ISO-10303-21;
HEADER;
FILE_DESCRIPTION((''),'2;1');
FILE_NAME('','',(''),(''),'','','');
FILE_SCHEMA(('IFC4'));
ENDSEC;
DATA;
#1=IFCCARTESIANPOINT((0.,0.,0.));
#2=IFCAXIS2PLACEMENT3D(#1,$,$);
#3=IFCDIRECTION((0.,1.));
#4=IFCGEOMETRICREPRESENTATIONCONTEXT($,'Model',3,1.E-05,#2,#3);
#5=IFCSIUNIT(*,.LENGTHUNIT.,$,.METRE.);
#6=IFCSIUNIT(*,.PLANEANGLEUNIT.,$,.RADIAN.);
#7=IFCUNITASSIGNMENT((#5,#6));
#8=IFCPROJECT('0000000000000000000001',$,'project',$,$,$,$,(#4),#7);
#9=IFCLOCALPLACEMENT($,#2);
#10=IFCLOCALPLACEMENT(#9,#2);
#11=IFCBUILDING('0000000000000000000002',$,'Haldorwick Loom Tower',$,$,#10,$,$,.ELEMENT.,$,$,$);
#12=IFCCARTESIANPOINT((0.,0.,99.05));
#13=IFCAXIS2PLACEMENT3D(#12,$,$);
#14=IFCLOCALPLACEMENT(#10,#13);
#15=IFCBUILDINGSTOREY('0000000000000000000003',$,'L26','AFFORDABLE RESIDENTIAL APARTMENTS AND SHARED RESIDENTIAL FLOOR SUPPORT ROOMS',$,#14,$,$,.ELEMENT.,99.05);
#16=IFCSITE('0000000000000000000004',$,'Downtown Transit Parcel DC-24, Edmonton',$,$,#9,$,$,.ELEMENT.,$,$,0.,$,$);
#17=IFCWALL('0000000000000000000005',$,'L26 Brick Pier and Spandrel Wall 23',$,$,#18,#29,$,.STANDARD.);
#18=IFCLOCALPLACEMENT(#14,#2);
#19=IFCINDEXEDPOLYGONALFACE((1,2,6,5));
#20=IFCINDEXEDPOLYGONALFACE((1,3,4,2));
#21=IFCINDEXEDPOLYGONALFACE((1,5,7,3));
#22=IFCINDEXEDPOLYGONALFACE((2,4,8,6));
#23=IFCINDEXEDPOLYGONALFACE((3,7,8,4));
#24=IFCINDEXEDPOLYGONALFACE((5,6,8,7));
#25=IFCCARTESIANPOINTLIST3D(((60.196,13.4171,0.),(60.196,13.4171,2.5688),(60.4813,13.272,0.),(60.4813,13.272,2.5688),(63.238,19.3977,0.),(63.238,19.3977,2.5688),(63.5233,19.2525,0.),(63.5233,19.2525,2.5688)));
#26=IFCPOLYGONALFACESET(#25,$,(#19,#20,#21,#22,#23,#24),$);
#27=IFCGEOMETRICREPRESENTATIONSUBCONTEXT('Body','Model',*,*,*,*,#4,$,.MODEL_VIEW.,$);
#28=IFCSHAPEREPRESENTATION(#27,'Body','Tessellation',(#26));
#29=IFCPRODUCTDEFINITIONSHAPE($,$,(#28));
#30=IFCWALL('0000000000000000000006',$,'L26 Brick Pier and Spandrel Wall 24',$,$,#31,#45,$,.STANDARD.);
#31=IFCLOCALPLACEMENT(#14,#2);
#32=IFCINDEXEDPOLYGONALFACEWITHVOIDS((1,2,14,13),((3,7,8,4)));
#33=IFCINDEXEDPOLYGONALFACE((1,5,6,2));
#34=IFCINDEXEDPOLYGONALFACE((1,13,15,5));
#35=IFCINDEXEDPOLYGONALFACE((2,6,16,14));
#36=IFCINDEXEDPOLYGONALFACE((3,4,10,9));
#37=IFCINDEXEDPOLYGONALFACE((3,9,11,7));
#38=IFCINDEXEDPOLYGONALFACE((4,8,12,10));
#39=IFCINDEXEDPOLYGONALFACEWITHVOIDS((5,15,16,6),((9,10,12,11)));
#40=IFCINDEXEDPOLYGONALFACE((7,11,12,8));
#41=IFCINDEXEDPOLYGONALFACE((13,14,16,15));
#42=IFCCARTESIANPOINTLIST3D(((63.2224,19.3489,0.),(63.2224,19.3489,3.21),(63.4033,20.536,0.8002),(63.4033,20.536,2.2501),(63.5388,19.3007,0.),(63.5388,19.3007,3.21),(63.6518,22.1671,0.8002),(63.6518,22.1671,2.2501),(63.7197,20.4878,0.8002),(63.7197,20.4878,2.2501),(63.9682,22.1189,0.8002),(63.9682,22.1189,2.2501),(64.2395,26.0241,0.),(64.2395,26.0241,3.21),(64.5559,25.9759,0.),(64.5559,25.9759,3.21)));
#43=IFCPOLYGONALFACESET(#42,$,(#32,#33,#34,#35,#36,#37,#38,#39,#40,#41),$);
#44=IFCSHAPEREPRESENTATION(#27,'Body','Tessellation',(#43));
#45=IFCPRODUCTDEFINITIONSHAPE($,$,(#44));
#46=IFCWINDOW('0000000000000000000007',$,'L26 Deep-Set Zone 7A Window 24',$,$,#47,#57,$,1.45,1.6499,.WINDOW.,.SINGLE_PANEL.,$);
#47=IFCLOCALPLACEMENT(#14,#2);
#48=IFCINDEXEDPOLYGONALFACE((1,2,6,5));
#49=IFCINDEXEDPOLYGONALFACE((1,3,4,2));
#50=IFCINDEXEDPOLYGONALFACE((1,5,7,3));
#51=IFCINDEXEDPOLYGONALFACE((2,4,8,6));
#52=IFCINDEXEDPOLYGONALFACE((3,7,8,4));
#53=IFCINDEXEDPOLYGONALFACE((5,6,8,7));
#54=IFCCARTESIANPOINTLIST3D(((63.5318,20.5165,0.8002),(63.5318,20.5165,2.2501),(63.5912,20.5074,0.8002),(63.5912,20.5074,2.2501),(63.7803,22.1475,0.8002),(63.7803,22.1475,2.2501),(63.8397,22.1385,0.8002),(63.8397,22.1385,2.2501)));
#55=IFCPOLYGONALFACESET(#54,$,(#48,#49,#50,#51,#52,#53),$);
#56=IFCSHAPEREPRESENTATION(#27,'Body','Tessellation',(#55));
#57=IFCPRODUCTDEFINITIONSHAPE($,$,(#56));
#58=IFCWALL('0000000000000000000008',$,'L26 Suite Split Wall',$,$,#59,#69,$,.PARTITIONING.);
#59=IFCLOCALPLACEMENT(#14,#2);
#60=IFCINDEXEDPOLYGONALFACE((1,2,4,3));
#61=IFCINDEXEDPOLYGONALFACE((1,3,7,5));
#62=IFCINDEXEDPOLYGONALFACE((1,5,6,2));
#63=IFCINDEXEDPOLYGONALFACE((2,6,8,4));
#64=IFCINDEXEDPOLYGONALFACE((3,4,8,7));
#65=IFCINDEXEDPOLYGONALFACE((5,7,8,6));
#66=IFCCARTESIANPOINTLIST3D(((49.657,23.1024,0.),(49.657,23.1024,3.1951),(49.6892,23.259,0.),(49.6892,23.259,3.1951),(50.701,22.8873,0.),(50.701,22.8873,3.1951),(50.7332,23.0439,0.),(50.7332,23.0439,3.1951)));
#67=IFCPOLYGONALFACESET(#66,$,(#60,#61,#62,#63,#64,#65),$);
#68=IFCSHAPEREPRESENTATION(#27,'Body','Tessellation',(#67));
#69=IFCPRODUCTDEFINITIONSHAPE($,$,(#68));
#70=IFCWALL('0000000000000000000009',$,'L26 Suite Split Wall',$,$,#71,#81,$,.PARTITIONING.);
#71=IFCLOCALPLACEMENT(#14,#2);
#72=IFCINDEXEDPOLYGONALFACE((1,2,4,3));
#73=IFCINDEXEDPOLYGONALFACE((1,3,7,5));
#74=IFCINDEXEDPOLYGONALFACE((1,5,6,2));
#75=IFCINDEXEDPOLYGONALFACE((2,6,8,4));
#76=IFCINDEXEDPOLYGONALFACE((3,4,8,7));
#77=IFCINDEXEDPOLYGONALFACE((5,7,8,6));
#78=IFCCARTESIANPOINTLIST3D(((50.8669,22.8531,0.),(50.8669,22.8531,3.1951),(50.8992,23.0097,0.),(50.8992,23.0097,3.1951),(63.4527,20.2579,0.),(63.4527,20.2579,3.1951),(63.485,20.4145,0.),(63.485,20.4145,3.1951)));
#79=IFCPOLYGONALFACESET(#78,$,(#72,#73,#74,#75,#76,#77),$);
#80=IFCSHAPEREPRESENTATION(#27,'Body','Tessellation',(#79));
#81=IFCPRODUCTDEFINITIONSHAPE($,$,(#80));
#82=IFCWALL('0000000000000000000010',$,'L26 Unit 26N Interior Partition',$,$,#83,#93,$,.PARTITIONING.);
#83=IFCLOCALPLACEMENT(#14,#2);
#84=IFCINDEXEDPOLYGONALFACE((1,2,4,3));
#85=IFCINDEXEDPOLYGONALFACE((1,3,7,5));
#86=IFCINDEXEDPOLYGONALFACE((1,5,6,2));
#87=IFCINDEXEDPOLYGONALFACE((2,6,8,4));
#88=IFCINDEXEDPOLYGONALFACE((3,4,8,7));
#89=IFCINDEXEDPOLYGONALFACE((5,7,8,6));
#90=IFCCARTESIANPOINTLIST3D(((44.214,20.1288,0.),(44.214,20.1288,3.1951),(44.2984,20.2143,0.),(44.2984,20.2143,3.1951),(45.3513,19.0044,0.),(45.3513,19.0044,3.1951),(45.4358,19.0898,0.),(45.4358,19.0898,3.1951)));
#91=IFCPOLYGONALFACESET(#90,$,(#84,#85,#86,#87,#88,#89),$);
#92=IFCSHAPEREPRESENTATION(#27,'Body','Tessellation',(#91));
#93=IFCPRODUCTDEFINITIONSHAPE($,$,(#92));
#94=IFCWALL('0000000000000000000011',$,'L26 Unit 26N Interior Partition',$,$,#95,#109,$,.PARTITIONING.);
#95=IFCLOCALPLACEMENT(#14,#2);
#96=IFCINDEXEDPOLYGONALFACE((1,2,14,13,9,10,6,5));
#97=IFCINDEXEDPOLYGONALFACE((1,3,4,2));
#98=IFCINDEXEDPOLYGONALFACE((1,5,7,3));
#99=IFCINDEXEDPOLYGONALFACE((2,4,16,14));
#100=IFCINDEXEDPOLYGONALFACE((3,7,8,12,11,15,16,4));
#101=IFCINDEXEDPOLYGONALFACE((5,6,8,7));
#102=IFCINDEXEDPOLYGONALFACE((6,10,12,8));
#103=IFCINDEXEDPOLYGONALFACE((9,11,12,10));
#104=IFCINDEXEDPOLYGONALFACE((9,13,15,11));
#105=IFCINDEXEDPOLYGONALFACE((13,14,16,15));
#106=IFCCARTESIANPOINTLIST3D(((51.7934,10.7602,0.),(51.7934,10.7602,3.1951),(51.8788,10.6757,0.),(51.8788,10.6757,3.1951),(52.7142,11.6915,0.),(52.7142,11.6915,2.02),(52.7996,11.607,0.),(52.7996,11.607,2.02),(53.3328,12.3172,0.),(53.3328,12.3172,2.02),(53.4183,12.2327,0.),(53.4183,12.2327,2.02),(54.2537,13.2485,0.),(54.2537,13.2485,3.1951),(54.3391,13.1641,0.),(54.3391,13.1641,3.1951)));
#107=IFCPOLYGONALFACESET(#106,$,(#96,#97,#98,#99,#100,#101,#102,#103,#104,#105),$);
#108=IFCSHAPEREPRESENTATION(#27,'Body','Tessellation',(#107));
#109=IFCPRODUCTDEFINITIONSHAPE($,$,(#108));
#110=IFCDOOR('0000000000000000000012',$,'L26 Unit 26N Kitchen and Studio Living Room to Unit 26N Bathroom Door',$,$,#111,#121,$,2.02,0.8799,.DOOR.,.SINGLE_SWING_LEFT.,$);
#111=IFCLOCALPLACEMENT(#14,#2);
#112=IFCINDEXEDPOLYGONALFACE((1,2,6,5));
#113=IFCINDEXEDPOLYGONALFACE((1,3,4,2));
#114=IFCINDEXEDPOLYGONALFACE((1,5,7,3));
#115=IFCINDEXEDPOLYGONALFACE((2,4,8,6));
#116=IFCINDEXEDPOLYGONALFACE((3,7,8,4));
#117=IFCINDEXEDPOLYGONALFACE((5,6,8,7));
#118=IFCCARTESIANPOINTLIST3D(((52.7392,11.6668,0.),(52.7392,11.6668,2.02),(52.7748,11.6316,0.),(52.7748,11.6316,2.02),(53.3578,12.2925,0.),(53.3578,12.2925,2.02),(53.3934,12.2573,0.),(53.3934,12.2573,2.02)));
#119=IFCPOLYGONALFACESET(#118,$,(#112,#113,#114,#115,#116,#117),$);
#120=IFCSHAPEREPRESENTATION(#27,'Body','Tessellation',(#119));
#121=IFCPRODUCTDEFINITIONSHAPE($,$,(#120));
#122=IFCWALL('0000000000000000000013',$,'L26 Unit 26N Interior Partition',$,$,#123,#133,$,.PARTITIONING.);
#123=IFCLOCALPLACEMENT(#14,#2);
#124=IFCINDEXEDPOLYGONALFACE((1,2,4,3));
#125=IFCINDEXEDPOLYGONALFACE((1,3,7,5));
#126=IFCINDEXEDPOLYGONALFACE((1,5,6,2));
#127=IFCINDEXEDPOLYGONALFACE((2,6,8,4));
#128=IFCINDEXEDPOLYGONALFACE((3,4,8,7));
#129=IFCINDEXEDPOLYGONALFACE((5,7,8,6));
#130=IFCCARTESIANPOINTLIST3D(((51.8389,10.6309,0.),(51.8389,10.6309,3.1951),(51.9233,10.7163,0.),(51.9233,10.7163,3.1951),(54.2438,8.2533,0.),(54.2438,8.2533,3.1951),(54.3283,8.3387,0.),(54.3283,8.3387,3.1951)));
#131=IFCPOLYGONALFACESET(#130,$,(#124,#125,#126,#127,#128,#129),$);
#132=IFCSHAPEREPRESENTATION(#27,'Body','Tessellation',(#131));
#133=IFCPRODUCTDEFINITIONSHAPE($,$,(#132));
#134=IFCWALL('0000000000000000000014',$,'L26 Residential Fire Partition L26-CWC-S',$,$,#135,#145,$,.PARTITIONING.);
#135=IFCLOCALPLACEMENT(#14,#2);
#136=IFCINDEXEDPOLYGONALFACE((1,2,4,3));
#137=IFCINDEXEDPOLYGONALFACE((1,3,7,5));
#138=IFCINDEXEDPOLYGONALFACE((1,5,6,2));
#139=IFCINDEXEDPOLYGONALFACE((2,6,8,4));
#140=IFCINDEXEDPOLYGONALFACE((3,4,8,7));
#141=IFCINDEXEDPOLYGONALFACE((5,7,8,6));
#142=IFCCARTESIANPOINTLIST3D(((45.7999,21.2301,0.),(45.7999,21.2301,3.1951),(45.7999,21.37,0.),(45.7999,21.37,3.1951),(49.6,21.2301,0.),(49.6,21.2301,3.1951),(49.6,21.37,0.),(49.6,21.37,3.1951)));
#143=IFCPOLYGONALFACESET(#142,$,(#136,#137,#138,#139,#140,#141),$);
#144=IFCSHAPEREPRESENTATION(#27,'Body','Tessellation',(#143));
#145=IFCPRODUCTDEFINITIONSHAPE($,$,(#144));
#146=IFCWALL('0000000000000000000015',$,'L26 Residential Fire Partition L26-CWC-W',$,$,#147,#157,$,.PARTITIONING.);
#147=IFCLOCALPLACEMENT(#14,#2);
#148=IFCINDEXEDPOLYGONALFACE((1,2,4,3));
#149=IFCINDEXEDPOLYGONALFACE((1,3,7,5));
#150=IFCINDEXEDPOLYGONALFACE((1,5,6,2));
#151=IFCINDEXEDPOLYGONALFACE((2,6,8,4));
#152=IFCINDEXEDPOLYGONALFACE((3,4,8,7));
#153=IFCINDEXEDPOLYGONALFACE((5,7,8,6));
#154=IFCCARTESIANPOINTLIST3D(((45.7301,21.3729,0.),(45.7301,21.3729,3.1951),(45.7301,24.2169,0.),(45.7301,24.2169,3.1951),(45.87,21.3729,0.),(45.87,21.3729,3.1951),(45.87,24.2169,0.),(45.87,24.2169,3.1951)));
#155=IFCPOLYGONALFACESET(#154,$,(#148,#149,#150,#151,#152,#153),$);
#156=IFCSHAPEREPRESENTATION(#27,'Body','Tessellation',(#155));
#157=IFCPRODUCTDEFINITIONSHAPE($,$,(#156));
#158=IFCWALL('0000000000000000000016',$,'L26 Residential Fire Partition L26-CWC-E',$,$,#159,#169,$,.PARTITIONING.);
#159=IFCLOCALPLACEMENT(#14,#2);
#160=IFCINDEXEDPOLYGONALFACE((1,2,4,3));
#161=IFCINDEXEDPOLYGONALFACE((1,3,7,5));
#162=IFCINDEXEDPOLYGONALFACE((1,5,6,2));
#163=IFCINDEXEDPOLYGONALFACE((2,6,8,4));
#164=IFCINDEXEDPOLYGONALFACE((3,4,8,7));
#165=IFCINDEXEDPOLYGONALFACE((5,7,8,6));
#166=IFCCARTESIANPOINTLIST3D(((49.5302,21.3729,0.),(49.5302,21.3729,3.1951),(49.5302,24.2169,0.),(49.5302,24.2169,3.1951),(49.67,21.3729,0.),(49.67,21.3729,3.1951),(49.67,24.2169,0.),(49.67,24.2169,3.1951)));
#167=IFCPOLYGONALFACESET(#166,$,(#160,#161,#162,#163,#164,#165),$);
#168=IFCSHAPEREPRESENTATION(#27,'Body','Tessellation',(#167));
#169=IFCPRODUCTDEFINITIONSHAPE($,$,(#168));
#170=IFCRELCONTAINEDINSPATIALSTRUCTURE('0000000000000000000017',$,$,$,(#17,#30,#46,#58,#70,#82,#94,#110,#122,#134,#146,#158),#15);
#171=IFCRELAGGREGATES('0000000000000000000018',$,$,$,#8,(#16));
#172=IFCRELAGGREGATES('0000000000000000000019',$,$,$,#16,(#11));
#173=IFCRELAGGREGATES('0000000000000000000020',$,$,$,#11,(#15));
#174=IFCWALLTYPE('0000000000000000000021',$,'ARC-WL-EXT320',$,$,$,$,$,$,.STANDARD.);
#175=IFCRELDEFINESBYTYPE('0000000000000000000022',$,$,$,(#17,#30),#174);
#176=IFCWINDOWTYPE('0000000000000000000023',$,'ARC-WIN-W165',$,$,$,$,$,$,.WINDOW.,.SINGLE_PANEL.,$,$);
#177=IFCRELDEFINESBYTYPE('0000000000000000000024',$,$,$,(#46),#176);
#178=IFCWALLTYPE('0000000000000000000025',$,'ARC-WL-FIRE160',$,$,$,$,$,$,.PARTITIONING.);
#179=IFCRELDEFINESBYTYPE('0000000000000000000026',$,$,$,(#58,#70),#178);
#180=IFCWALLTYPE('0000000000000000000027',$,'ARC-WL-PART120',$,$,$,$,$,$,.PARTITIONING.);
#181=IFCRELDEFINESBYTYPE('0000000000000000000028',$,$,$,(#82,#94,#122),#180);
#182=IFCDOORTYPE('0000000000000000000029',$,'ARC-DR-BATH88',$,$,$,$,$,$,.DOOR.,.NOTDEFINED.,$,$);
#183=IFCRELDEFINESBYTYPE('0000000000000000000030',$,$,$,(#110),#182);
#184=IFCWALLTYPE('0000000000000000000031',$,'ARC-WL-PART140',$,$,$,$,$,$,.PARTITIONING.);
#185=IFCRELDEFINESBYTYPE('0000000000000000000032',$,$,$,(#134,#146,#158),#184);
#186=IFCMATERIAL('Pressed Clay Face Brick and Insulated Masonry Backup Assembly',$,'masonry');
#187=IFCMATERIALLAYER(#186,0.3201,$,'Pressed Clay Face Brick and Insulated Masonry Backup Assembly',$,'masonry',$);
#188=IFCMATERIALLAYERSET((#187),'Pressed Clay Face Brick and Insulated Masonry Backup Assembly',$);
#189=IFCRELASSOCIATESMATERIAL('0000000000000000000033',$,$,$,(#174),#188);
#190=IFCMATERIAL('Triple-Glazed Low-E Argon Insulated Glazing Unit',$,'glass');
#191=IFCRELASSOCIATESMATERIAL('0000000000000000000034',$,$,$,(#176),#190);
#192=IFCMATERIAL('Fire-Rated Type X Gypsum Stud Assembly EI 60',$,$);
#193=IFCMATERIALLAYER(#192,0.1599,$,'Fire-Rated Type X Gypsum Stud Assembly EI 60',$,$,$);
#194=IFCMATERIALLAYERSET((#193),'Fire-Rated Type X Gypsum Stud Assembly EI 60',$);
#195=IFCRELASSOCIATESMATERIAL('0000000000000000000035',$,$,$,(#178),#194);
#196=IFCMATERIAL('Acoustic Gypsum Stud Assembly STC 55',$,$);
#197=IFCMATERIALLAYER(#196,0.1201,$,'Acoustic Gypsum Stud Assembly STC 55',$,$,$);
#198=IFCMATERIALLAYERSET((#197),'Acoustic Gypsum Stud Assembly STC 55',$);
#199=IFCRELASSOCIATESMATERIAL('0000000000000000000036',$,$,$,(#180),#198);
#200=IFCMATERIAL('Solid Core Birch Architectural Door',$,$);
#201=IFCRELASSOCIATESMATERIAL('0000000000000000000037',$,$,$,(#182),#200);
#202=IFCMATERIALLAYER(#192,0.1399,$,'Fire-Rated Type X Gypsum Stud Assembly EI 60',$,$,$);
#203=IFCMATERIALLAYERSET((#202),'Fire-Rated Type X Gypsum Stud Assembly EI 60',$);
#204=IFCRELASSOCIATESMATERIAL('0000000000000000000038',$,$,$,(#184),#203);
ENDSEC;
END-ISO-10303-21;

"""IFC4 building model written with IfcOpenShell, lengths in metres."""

from ifc_helpers import new_model, si_unit, direction, frame, frame_2d, origin, place, context, subcontext, project, spatial, rectangle, extrude, material, layer, layer_set, type_object, element, fill, save


model = new_model("IFC4")

# Units and contexts
model_context = context("Model", 3, precision=1e-05, world=origin(), true_north=direction((0.0, 1.0)))
body_context = subcontext(model_context, "Body", "Model", "MODEL_VIEW")
ifc_project = project(units=[si_unit("LENGTHUNIT", "METRE"), si_unit("PLANEANGLEUNIT", "RADIAN")], contexts=[model_context])

# Site, building, storey
site_placement = place(None, origin())
site = spatial("IfcSite", under=ifc_project, at=site_placement, Name="Downtown Transit Parcel DC-24, Edmonton", CompositionType="ELEMENT", RefElevation=0.0)
building_placement = place(site_placement, origin())
building = spatial("IfcBuilding", under=site, at=building_placement, Name="Haldorwick Loom Tower", CompositionType="ELEMENT")
storey_placement = place(building_placement, frame((0.0, 0.0, 99.05)))
storey = spatial("IfcBuildingStorey", under=building, at=storey_placement, Name="L26", Description="AFFORDABLE RESIDENTIAL APARTMENTS AND SHARED RESIDENTIAL FLOOR SUPPORT ROOMS", CompositionType="ELEMENT", Elevation=99.05)

# Shared definitions
ifc_material_1 = material(Name="Pressed Clay Face Brick and Insulated Masonry Backup Assembly", Category="masonry")
ifc_layer_1 = layer(ifc_material_1, 0.3201, Name="Pressed Clay Face Brick and Insulated Masonry Backup Assembly", Category="masonry")
ifc_layer_set_1 = layer_set([ifc_layer_1], Name="Pressed Clay Face Brick and Insulated Masonry Backup Assembly")
wall_type_1 = type_object("IfcWallType", Name="ARC-WL-EXT320", PredefinedType="STANDARD", material=ifc_layer_set_1)
ifc_material_2 = material(Name="Triple-Glazed Low-E Argon Insulated Glazing Unit", Category="glass")
window_type = type_object("IfcWindowType", Name="ARC-WIN-W165", PartitioningType="SINGLE_PANEL", PredefinedType="WINDOW", material=ifc_material_2)

# Wall
wall_1_placement = place(storey_placement, frame((60.3386, 13.3445, 0.0), z_axis=(0.0, 0.0, 1.0), x_axis=(0.453374, 0.89132, 0.0)))
element("IfcWall", 1, at=wall_1_placement, inside=storey, type_object=wall_type_1, Name="L26 Brick Pier and Spandrel Wall 23", PredefinedType="STANDARD", context=body_context, shape_type="SweptSolid", body=[
    extrude(rectangle(XDim=6.7097, YDim=0.3201, at=frame_2d((3.355, 0.0))), origin(), (0.0, 0.0, 1.0), 2.5688),
])

# Wall, opening, window
wall_2_placement = place(storey_placement, frame((63.3806, 19.325, 0.0), z_axis=(0.0, 0.0, 1.0), x_axis=(0.150633, 0.98859, 0.0)))
wall_2 = element("IfcWall", 2, at=wall_2_placement, inside=storey, type_object=wall_type_1, Name="L26 Brick Pier and Spandrel Wall 24", PredefinedType="STANDARD", context=body_context, shape_type="SweptSolid", body=[
    extrude(rectangle(XDim=6.7522, YDim=0.3201, at=frame_2d((3.376, 0.0))), origin(), (0.0, 0.0, 1.0), 3.21),
])
opening_1_placement = place(wall_2_placement, frame((1.2007, 0.0, 0.8)))
opening_1 = element("IfcOpeningElement", 3, at=opening_1_placement, cuts=wall_2, PredefinedType="OPENING", context=body_context, shape_type="SweptSolid", body=[
    extrude(rectangle(XDim=1.6499, YDim=1.45, at=frame_2d((0.825, 0.7251))), frame((0.0, 0.1699, 0.0), z_axis=(0.0, -1.0, 0.0), x_axis=(1.0, 0.0, 0.0)), (0.0, 0.0, 1.0), 0.3401),
])
window_1_placement = place(opening_1_placement, origin())
window_1 = element("IfcWindow", 4, at=window_1_placement, inside=storey, type_object=window_type, Name="L26 Deep-Set Zone 7A Window 24", OverallHeight=1.45, OverallWidth=1.6499, PartitioningType="SINGLE_PANEL", PredefinedType="WINDOW", context=body_context, shape_type="SweptSolid", body=[
    extrude(rectangle(XDim=1.6499, YDim=1.45, at=frame_2d((0.825, 0.7251))), frame((0.0, 0.03, 0.0), z_axis=(0.0, -1.0, 0.0), x_axis=(1.0, 0.0, 0.0)), (0.0, 0.0, 1.0), 0.0601),
])
fill(opening_1, window_1)

# Walls
ifc_material_3 = material(Name="Fire-Rated Type X Gypsum Stud Assembly EI 60")
ifc_layer_2 = layer(ifc_material_3, 0.1599, Name="Fire-Rated Type X Gypsum Stud Assembly EI 60")
ifc_layer_set_2 = layer_set([ifc_layer_2], Name="Fire-Rated Type X Gypsum Stud Assembly EI 60")
wall_type_2 = type_object("IfcWallType", Name="ARC-WL-FIRE160", PredefinedType="PARTITIONING", material=ifc_layer_set_2)
wall_3_placement = place(storey_placement, frame((49.6731, 23.1807, 0.0), z_axis=(0.0, 0.0, 1.0), x_axis=(0.979428, -0.201795, 0.0)))
element("IfcWall", 5, at=wall_3_placement, inside=storey, type_object=wall_type_2, Name="L26 Suite Split Wall", PredefinedType="PARTITIONING", context=body_context, shape_type="SweptSolid", body=[
    extrude(rectangle(XDim=1.0659, YDim=0.1599, at=frame_2d((0.533, 0.0))), origin(), (0.0, 0.0, 1.0), 3.1951),
])
wall_4_placement = place(storey_placement, frame((50.8831, 22.9314, 0.0), z_axis=(0.0, 0.0, 1.0), x_axis=(0.979395, -0.201955, 0.0)))
element("IfcWall", 6, at=wall_4_placement, inside=storey, type_object=wall_type_2, Name="L26 Suite Split Wall", PredefinedType="PARTITIONING", context=body_context, shape_type="SweptSolid", body=[
    extrude(rectangle(XDim=12.8506, YDim=0.1599, at=frame_2d((6.4253, 0.0))), origin(), (0.0, 0.0, 1.0), 3.1951),
])
ifc_material_4 = material(Name="Acoustic Gypsum Stud Assembly STC 55")
ifc_layer_3 = layer(ifc_material_4, 0.1201, Name="Acoustic Gypsum Stud Assembly STC 55")
ifc_layer_set_3 = layer_set([ifc_layer_3], Name="Acoustic Gypsum Stud Assembly STC 55")
wall_type_3 = type_object("IfcWallType", Name="ARC-WL-PART120", PredefinedType="PARTITIONING", material=ifc_layer_set_3)
wall_5_placement = place(storey_placement, frame((44.2561, 20.1716, 0.0), z_axis=(0.0, 0.0, 1.0), x_axis=(0.71114, -0.70305, 0.0)))
element("IfcWall", 7, at=wall_5_placement, inside=storey, type_object=wall_type_3, Name="L26 Unit 26N Interior Partition", PredefinedType="PARTITIONING", context=body_context, shape_type="SweptSolid", body=[
    extrude(rectangle(XDim=1.5994, YDim=0.1201, at=frame_2d((0.7998, 0.0))), origin(), (0.0, 0.0, 1.0), 3.1951),
])

# Wall, opening, door
wall_6_placement = place(storey_placement, frame((51.8362, 10.718, 0.0), z_axis=(0.0, 0.0, 1.0), x_axis=(0.703084, 0.711107, 0.0)))
wall_6 = element("IfcWall", 8, at=wall_6_placement, inside=storey, type_object=wall_type_3, Name="L26 Unit 26N Interior Partition", PredefinedType="PARTITIONING", context=body_context, shape_type="SweptSolid", body=[
    extrude(rectangle(XDim=3.4993, YDim=0.1201, at=frame_2d((1.7495, 0.0))), origin(), (0.0, 0.0, 1.0), 3.1951),
])
opening_2_placement = place(wall_6_placement, frame((1.3096, 0.0, 0.0)))
opening_2 = element("IfcOpeningElement", 9, at=opening_2_placement, cuts=wall_6, PredefinedType="OPENING", context=body_context, shape_type="SweptSolid", body=[
    extrude(rectangle(XDim=0.8799, YDim=2.02, at=frame_2d((0.4399, 1.01))), frame((0.0, 0.0701, 0.0), z_axis=(0.0, -1.0, 0.0), x_axis=(1.0, 0.0, 0.0)), (0.0, 0.0, 1.0), 0.1401),
])
ifc_material_5 = material(Name="Solid Core Birch Architectural Door")
door_type_1 = type_object("IfcDoorType", Name="ARC-DR-BATH88", OperationType="NOTDEFINED", PredefinedType="DOOR", material=ifc_material_5)
door_1_placement = place(opening_2_placement, origin())
door_1 = element("IfcDoor", 10, at=door_1_placement, inside=storey, type_object=door_type_1, Name="L26 Unit 26N Kitchen and Studio Living Room to Unit 26N Bathroom Door", OperationType="SINGLE_SWING_LEFT", OverallHeight=2.02, OverallWidth=0.8799, PredefinedType="DOOR", context=body_context, shape_type="SweptSolid", body=[
    extrude(rectangle(XDim=0.8799, YDim=2.02, at=frame_2d((0.4399, 1.01))), frame((0.0, 0.0249, 0.0), z_axis=(0.0, -1.0, 0.0), x_axis=(1.0, 0.0, 0.0)), (0.0, 0.0, 1.0), 0.05),
])
fill(opening_2, door_1)

# Walls
wall_7_placement = place(storey_placement, frame((51.8811, 10.6736, 0.0), z_axis=(0.0, 0.0, 1.0), x_axis=(0.711138, -0.703053, 0.0)))
element("IfcWall", 11, at=wall_7_placement, inside=storey, type_object=wall_type_3, Name="L26 Unit 26N Interior Partition", PredefinedType="PARTITIONING", context=body_context, shape_type="SweptSolid", body=[
    extrude(rectangle(XDim=3.3818, YDim=0.1201, at=frame_2d((1.6909, 0.0))), origin(), (0.0, 0.0, 1.0), 3.1951),
])
ifc_layer_4 = layer(ifc_material_3, 0.1399, Name="Fire-Rated Type X Gypsum Stud Assembly EI 60")
ifc_layer_set_4 = layer_set([ifc_layer_4], Name="Fire-Rated Type X Gypsum Stud Assembly EI 60")
wall_type_4 = type_object("IfcWallType", Name="ARC-WL-PART140", PredefinedType="PARTITIONING", material=ifc_layer_set_4)
wall_8_placement = place(storey_placement, frame((45.8, 21.3, 0.0), z_axis=(0.0, 0.0, 1.0), x_axis=(1.0, 0.0, 0.0)))
element("IfcWall", 12, at=wall_8_placement, inside=storey, type_object=wall_type_4, Name="L26 Residential Fire Partition L26-CWC-S", PredefinedType="PARTITIONING", context=body_context, shape_type="SweptSolid", body=[
    extrude(rectangle(XDim=3.8, YDim=0.1399, at=frame_2d((1.8999, 0.0))), origin(), (0.0, 0.0, 1.0), 3.1951),
])
for number, where, z_axis, x_axis, name in (
    (13, (45.8, 21.373, 0.0), (0.0, 0.0, 1.0), (0.0, 1.0, 0.0), "L26 Residential Fire Partition L26-CWC-W"),
    (14, (49.6001, 21.373, 0.0), (0.0, 0.0, 1.0), (0.0, 1.0, 0.0), "L26 Residential Fire Partition L26-CWC-E"),
):
    element("IfcWall", number, at=place(storey_placement, frame(where, z_axis=z_axis, x_axis=x_axis)), inside=storey, type_object=wall_type_4, Name=name, PredefinedType="PARTITIONING", context=body_context, shape_type="SweptSolid", body=[
        extrude(rectangle(XDim=2.844, YDim=0.1399, at=frame_2d((1.4219, 0.0))), origin(), (0.0, 0.0, 1.0), 3.1951),
    ])

save(model, "model.ifc")
